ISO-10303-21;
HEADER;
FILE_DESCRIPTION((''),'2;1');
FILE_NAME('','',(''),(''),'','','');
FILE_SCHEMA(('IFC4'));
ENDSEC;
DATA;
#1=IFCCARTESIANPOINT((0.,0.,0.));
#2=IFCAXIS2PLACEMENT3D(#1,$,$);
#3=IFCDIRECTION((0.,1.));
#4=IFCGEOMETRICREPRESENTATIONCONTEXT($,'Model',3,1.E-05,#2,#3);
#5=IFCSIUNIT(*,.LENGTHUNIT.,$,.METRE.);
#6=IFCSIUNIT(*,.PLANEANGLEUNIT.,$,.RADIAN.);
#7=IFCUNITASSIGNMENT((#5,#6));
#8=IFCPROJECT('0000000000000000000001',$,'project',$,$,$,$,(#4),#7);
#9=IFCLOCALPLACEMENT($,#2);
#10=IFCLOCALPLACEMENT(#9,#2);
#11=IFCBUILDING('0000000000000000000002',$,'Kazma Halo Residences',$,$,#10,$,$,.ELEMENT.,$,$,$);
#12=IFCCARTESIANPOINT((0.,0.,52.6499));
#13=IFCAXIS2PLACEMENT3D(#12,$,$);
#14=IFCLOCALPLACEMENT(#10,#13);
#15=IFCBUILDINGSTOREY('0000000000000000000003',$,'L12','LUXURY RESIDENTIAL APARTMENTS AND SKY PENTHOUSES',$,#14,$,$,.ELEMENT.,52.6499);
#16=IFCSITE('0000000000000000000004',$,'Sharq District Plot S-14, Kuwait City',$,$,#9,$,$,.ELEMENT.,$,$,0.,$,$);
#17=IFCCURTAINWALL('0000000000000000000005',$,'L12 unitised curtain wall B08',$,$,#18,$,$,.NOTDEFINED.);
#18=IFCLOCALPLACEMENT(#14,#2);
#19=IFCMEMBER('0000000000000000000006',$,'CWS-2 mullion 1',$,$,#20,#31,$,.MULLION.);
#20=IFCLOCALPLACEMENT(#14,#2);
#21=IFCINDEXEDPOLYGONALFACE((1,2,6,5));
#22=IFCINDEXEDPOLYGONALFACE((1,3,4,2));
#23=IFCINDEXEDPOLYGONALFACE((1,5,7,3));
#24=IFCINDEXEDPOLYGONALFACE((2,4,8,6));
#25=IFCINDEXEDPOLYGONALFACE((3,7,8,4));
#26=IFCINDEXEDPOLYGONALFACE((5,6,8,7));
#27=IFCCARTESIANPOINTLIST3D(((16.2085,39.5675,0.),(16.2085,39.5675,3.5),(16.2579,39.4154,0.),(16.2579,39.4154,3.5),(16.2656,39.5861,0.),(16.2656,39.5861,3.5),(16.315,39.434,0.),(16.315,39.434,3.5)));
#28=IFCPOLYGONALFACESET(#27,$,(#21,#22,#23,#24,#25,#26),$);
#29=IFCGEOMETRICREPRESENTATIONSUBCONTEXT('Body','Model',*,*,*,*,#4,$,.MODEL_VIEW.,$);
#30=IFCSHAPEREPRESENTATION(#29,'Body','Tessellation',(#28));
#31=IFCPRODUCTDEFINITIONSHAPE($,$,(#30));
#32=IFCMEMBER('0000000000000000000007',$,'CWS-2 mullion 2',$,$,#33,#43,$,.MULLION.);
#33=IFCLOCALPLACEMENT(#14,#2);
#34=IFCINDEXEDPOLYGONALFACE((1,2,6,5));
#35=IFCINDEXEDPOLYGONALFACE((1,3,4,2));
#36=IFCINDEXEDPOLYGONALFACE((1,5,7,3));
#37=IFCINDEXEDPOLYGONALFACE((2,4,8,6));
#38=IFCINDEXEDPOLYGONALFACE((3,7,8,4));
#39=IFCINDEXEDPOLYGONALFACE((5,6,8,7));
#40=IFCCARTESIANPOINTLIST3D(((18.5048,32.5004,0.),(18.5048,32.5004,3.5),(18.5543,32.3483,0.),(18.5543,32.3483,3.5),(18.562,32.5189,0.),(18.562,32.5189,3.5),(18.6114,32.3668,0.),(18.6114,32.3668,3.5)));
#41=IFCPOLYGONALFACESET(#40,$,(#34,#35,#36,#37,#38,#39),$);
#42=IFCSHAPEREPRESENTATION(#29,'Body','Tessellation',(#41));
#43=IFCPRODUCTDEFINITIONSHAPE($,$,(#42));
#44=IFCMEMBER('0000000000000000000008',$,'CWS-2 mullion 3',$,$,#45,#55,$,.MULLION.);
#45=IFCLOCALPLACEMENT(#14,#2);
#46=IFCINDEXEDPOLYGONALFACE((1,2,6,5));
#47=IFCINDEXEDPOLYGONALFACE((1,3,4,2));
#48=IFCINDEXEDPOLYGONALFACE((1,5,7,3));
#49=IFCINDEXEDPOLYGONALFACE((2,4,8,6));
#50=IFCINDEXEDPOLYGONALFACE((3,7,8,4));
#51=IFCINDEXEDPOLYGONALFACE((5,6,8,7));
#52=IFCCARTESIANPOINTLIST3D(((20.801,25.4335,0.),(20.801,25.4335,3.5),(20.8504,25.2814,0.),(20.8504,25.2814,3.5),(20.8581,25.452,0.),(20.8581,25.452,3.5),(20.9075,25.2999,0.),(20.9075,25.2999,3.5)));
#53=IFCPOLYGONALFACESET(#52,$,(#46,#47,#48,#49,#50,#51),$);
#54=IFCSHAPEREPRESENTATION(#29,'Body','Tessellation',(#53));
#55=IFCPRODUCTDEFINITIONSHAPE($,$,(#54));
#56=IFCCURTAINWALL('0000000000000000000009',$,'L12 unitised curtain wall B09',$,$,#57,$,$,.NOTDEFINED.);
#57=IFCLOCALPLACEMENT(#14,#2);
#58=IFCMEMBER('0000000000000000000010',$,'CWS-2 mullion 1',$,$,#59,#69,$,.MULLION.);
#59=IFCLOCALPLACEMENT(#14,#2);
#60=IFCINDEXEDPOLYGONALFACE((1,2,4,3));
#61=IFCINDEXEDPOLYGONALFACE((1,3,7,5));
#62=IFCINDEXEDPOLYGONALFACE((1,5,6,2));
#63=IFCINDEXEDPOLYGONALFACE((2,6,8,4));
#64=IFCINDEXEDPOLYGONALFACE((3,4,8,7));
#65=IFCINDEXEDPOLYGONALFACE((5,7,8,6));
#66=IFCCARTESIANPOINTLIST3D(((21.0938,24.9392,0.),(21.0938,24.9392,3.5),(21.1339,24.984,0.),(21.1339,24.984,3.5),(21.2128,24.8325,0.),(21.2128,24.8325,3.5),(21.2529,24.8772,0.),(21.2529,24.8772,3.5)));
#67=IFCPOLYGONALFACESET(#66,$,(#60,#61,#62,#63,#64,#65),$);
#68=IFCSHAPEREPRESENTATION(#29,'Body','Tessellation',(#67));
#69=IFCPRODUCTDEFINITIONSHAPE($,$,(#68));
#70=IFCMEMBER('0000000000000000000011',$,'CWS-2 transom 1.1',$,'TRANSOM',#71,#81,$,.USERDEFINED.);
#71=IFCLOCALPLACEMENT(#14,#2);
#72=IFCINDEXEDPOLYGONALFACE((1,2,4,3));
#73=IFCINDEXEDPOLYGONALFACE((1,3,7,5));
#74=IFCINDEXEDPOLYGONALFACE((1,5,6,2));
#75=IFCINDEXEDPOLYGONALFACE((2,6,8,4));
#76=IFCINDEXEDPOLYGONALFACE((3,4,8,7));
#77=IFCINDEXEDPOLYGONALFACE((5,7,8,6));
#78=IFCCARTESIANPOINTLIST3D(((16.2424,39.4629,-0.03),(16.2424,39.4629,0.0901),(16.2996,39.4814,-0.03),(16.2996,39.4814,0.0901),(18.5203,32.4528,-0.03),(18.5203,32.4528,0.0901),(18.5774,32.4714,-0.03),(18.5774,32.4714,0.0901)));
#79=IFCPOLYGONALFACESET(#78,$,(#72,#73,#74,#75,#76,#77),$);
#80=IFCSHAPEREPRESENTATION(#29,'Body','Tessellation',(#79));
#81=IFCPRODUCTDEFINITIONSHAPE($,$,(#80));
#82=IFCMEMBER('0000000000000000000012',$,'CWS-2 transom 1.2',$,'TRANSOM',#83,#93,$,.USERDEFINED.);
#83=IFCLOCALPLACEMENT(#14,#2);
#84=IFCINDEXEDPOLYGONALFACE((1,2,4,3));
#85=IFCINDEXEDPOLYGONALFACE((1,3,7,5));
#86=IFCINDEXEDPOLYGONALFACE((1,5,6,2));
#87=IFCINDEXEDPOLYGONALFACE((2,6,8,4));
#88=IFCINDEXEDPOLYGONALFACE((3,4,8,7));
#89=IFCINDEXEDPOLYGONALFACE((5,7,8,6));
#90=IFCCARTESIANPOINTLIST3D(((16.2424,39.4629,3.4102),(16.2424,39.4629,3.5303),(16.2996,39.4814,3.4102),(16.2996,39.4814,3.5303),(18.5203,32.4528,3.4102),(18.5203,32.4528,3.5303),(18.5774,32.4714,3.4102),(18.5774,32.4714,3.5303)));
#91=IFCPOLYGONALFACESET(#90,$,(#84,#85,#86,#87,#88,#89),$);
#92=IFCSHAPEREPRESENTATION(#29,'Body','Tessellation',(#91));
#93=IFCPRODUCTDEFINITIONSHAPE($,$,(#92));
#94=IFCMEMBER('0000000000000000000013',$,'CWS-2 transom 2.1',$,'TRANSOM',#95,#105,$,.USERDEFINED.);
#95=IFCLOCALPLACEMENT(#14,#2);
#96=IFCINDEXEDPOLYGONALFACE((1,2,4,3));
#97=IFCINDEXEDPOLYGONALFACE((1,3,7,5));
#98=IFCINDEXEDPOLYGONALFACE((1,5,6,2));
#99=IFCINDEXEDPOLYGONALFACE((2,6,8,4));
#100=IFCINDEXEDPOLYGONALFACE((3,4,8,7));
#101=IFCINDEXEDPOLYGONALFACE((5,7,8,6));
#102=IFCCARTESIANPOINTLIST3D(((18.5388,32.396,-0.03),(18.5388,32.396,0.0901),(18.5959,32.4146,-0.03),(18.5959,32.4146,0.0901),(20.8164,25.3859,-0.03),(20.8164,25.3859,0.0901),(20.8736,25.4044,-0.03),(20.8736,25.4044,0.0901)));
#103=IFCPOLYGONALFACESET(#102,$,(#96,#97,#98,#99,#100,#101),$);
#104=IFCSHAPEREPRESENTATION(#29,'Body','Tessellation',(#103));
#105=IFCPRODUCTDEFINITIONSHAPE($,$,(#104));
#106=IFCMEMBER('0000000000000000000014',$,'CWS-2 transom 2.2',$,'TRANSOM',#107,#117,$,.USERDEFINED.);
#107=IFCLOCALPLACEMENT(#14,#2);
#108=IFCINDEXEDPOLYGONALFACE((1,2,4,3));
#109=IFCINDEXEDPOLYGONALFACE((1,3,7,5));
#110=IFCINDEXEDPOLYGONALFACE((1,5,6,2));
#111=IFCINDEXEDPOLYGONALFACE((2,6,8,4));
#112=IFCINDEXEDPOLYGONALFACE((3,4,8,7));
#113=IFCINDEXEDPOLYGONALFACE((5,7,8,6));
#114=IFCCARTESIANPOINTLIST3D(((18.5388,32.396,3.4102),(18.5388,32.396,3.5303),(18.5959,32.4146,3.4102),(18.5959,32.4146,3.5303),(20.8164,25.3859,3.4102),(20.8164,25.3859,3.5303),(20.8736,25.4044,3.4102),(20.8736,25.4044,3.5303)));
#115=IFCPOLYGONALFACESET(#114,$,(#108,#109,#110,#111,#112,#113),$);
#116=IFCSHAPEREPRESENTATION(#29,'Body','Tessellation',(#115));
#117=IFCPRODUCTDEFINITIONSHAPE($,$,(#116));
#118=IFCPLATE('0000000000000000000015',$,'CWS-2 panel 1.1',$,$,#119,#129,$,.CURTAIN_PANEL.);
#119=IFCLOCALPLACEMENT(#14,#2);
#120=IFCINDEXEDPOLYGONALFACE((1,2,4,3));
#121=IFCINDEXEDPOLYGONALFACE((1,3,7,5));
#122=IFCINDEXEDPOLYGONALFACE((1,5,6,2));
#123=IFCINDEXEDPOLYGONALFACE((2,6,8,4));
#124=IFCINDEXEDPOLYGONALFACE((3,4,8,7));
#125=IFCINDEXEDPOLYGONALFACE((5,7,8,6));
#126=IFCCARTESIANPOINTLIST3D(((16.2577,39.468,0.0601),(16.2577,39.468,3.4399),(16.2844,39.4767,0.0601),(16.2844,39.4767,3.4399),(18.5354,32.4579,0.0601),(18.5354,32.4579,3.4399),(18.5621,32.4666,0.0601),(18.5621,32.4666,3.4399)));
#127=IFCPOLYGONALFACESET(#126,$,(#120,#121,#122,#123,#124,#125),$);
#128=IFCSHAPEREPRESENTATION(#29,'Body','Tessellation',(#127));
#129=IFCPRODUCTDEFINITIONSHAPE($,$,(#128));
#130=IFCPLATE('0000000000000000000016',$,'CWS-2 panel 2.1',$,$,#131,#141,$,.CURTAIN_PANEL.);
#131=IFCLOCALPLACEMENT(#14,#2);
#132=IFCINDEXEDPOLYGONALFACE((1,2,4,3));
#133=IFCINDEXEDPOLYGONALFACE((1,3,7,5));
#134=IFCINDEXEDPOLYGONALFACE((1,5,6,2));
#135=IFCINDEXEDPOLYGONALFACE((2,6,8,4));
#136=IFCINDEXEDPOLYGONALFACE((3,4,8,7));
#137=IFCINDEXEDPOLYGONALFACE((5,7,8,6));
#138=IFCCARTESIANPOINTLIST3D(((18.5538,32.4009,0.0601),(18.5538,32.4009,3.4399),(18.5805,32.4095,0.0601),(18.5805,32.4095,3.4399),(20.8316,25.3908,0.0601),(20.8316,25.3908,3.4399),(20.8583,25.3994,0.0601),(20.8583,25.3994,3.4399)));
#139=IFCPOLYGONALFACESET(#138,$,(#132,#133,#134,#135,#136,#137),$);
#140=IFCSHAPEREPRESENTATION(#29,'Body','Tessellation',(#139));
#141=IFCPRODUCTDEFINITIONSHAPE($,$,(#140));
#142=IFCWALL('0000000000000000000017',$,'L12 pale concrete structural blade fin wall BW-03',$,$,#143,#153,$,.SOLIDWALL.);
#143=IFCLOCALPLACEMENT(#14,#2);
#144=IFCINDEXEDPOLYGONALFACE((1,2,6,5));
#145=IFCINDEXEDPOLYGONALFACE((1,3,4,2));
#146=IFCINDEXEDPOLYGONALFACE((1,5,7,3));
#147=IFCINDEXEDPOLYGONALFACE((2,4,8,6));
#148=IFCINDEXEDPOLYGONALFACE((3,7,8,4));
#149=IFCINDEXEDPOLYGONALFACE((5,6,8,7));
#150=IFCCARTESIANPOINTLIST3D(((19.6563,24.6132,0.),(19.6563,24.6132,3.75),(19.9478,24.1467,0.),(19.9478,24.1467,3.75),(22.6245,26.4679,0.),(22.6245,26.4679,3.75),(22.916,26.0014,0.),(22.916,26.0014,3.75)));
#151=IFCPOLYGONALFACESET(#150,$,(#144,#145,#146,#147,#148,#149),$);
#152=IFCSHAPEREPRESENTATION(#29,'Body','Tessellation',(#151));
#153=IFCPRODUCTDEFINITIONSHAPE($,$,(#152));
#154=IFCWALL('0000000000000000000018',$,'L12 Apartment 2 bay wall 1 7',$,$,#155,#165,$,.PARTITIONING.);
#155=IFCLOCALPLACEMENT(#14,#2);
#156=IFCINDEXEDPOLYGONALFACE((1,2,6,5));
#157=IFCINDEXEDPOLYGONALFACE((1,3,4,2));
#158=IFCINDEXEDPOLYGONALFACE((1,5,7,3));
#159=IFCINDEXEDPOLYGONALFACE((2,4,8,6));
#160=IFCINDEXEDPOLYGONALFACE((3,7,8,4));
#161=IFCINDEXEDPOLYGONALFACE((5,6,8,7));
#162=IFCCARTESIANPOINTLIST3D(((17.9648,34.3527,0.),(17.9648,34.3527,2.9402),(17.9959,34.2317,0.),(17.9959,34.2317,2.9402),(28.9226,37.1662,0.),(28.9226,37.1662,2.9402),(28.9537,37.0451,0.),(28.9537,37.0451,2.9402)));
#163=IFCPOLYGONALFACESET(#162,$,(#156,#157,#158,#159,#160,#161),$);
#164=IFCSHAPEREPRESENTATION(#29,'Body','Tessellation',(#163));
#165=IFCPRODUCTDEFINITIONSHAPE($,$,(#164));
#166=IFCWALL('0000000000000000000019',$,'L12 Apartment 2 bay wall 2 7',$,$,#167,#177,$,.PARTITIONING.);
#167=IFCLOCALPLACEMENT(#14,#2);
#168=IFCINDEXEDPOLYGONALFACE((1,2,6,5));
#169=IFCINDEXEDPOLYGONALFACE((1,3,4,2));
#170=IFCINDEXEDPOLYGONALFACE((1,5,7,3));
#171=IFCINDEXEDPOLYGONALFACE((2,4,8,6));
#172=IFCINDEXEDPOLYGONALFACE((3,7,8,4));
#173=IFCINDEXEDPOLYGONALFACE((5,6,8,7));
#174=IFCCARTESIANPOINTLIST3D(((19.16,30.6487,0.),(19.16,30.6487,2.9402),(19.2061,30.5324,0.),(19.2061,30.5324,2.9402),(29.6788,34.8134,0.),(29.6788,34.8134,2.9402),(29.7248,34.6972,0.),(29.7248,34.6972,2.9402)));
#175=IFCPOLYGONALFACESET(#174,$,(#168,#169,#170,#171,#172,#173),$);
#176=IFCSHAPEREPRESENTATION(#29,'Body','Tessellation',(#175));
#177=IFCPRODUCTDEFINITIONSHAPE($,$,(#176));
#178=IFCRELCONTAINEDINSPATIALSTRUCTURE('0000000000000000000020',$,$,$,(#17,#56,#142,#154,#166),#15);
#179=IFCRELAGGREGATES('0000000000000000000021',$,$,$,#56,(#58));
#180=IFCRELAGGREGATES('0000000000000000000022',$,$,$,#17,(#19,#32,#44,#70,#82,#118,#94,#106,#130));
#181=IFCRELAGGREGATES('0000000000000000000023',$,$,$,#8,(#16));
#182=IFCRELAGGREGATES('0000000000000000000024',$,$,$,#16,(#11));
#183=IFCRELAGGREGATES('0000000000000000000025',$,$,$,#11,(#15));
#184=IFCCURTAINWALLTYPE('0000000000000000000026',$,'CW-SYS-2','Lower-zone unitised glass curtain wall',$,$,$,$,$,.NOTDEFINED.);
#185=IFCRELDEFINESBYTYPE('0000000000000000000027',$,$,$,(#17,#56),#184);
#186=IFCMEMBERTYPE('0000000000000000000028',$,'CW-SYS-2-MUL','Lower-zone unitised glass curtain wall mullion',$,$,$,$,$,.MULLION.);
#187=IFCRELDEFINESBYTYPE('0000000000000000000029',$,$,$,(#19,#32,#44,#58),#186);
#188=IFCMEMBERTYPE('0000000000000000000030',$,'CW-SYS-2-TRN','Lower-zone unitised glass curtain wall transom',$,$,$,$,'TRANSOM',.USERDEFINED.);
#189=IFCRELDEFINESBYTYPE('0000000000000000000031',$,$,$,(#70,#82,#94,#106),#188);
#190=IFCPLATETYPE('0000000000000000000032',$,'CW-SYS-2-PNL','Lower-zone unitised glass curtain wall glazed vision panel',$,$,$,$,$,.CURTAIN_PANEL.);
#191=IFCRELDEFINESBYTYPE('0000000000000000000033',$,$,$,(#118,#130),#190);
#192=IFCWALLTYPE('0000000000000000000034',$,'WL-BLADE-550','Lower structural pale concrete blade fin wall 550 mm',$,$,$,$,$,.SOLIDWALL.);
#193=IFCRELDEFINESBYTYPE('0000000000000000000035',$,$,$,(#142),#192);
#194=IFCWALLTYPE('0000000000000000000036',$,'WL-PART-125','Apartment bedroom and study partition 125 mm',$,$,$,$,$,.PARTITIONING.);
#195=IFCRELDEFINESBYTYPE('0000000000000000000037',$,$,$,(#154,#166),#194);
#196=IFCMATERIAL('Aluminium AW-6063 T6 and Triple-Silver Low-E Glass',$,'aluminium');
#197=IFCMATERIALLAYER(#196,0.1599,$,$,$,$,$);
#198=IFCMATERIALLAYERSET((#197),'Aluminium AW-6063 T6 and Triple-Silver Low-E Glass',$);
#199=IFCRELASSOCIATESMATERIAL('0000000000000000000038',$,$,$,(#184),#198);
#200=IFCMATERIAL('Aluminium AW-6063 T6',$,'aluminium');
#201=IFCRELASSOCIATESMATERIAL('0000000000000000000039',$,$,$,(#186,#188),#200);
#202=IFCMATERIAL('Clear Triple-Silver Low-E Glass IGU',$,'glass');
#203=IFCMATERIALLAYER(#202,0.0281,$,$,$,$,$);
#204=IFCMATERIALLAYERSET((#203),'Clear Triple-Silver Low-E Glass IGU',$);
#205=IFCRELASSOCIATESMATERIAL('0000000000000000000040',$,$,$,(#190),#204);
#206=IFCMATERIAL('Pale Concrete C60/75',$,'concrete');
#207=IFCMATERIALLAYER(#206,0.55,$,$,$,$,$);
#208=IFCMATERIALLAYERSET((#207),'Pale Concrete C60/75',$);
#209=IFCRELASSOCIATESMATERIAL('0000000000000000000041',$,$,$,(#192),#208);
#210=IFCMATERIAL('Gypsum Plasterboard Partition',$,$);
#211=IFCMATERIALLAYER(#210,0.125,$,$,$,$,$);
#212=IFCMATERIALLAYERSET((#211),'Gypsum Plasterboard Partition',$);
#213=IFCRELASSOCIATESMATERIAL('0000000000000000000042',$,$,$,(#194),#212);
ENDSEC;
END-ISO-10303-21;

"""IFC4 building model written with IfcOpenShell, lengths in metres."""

from ifc_helpers import new_model, si_unit, direction, frame, frame_2d, origin, origin_2d, place, context, subcontext, project, spatial, rectangle, extrude, material, layer, layer_set, material_profile, profile_set, type_object, element, aggregate, save


model = new_model("IFC4")

# Units and contexts
model_context = context("Model", 3, precision=1e-05, world=origin(), true_north=direction((0.0, 1.0)))
body_context = subcontext(model_context, "Body", "Model", "MODEL_VIEW")
ifc_project = project(units=[si_unit("LENGTHUNIT", "METRE"), si_unit("PLANEANGLEUNIT", "RADIAN")], contexts=[model_context])

# Site, building, storey
site_placement = place(None, origin())
site = spatial("IfcSite", under=ifc_project, at=site_placement, Name="Sharq District Plot S-14, Kuwait City", CompositionType="ELEMENT", RefElevation=0.0)
building_placement = place(site_placement, origin())
building = spatial("IfcBuilding", under=site, at=building_placement, Name="Kazma Halo Residences", CompositionType="ELEMENT")
storey_placement = place(building_placement, frame((0.0, 0.0, 52.6499)))
storey = spatial("IfcBuildingStorey", under=building, at=storey_placement, Name="L12", Description="LUXURY RESIDENTIAL APARTMENTS AND SKY PENTHOUSES", CompositionType="ELEMENT", Elevation=52.6499)

# Curtain wall, members
ifc_material_1 = material(Name="Aluminium AW-6063 T6 and Triple-Silver Low-E Glass", Category="aluminium")
ifc_layer_1 = layer(ifc_material_1, 0.1599)
ifc_layer_set_1 = layer_set([ifc_layer_1], Name="Aluminium AW-6063 T6 and Triple-Silver Low-E Glass")
curtain_wall_type = type_object("IfcCurtainWallType", Name="CW-SYS-2", Description="Lower-zone unitised glass curtain wall", PredefinedType="NOTDEFINED", material=ifc_layer_set_1)
curtain_wall_1_placement = place(storey_placement, origin())
curtain_wall_1 = element("IfcCurtainWall", 1, at=curtain_wall_1_placement, inside=storey, type_object=curtain_wall_type, Name="L12 unitised curtain wall B08", PredefinedType="NOTDEFINED")
ifc_material_2 = material(Name="Aluminium AW-6063 T6", Category="aluminium")
ifc_material_profile_1 = material_profile(ifc_material_2, rectangle(XDim=0.0601, YDim=0.1599, at=origin_2d()), Name="CWM-60x160")
ifc_profile_set_1 = profile_set([ifc_material_profile_1], Name="Aluminium AW-6063 T6")
member_type_1 = type_object("IfcMemberType", Name="CW-SYS-2-MUL", Description="Lower-zone unitised glass curtain wall mullion", PredefinedType="MULLION", material=ifc_profile_set_1)
member_1_placement = place(storey_placement, frame((16.2617, 39.5007, 0.0), z_axis=(0.0, 0.0, 1.0), x_axis=(0.951057, 0.309017, 0.0)))
member_1 = element("IfcMember", 2, at=member_1_placement, type_object=member_type_1, Name="CWS-2 mullion 1", PredefinedType="MULLION", context=body_context, shape_type="SweptSolid", body=[
    extrude(rectangle(XDim=0.0601, YDim=0.1599, at=origin_2d()), origin(), (0.0, 0.0, 1.0), 3.5),
])
member_2_placement = place(storey_placement, frame((18.5581, 32.4336, 0.0), z_axis=(0.0, 0.0, 1.0), x_axis=(0.951057, 0.309017, 0.0)))
member_2 = element("IfcMember", 3, at=member_2_placement, type_object=member_type_1, Name="CWS-2 mullion 2", PredefinedType="MULLION", context=body_context, shape_type="SweptSolid", body=[
    extrude(rectangle(XDim=0.0601, YDim=0.1599, at=origin_2d()), origin(), (0.0, 0.0, 1.0), 3.5),
])
member_3_placement = place(storey_placement, frame((20.8542, 25.3667, 0.0), z_axis=(0.0, 0.0, 1.0), x_axis=(0.951057, 0.309017, 0.0)))
member_3 = element("IfcMember", 4, at=member_3_placement, type_object=member_type_1, Name="CWS-2 mullion 3", PredefinedType="MULLION", context=body_context, shape_type="SweptSolid", body=[
    extrude(rectangle(XDim=0.0601, YDim=0.1599, at=origin_2d()), origin(), (0.0, 0.0, 1.0), 3.5),
])

# Curtain wall, member
curtain_wall_2_placement = place(storey_placement, origin())
curtain_wall_2 = element("IfcCurtainWall", 5, at=curtain_wall_2_placement, inside=storey, type_object=curtain_wall_type, Name="L12 unitised curtain wall B09", PredefinedType="NOTDEFINED")
member_4_placement = place(storey_placement, frame((21.1733, 24.9082, 0.0), z_axis=(0.0, 0.0, 1.0), x_axis=(0.667821, 0.744322, 0.0)))
member_4 = element("IfcMember", 6, at=member_4_placement, type_object=member_type_1, Name="CWS-2 mullion 1", PredefinedType="MULLION", context=body_context, shape_type="SweptSolid", body=[
    extrude(rectangle(XDim=0.0601, YDim=0.1599, at=origin_2d()), origin(), (0.0, 0.0, 1.0), 3.5),
])
aggregate(curtain_wall_2, [member_4])

# Members
ifc_material_profile_2 = material_profile(ifc_material_2, rectangle(XDim=0.0601, YDim=0.1201, at=origin_2d()), Name="CWT-60x120")
ifc_profile_set_2 = profile_set([ifc_material_profile_2], Name="Aluminium AW-6063 T6")
member_type_2 = type_object("IfcMemberType", Name="CW-SYS-2-TRN", Description="Lower-zone unitised glass curtain wall transom", ElementType="TRANSOM", PredefinedType="USERDEFINED", material=ifc_profile_set_2)
member_5_placement = place(storey_placement, frame((16.271, 39.4722, 0.03), z_axis=(0.309034, -0.951051, 0.0), x_axis=(0.951051, 0.309034, 0.0)))
member_5 = element("IfcMember", 7, at=member_5_placement, type_object=member_type_2, Name="CWS-2 transom 1.1", ObjectType="TRANSOM", PredefinedType="USERDEFINED", context=body_context, shape_type="SweptSolid", body=[
    extrude(rectangle(XDim=0.0601, YDim=0.1201, at=origin_2d()), origin(), (0.0, 0.0, 1.0), 7.3708),
])
member_6_placement = place(storey_placement, frame((16.271, 39.4722, 3.4702), z_axis=(0.309034, -0.951051, 0.0), x_axis=(0.951051, 0.309034, 0.0)))
member_6 = element("IfcMember", 8, at=member_6_placement, type_object=member_type_2, Name="CWS-2 transom 1.2", ObjectType="TRANSOM", PredefinedType="USERDEFINED", context=body_context, shape_type="SweptSolid", body=[
    extrude(rectangle(XDim=0.0601, YDim=0.1201, at=origin_2d()), origin(), (0.0, 0.0, 1.0), 7.3708),
])
member_7_placement = place(storey_placement, frame((18.5674, 32.4053, 0.03), z_axis=(0.309004, -0.951061, 0.0), x_axis=(0.951061, 0.309004, 0.0)))
member_7 = element("IfcMember", 9, at=member_7_placement, type_object=member_type_2, Name="CWS-2 transom 2.1", ObjectType="TRANSOM", PredefinedType="USERDEFINED", context=body_context, shape_type="SweptSolid", body=[
    extrude(rectangle(XDim=0.0601, YDim=0.1201, at=origin_2d()), origin(), (0.0, 0.0, 1.0), 7.3708),
])
member_8_placement = place(storey_placement, frame((18.5674, 32.4053, 3.4702), z_axis=(0.309004, -0.951061, 0.0), x_axis=(0.951061, 0.309004, 0.0)))
member_8 = element("IfcMember", 10, at=member_8_placement, type_object=member_type_2, Name="CWS-2 transom 2.2", ObjectType="TRANSOM", PredefinedType="USERDEFINED", context=body_context, shape_type="SweptSolid", body=[
    extrude(rectangle(XDim=0.0601, YDim=0.1201, at=origin_2d()), origin(), (0.0, 0.0, 1.0), 7.3708),
])

# Plates
ifc_material_3 = material(Name="Clear Triple-Silver Low-E Glass IGU", Category="glass")
ifc_layer_2 = layer(ifc_material_3, 0.0281)
ifc_layer_set_2 = layer_set([ifc_layer_2], Name="Clear Triple-Silver Low-E Glass IGU")
plate_type = type_object("IfcPlateType", Name="CW-SYS-2-PNL", Description="Lower-zone unitised glass curtain wall glazed vision panel", PredefinedType="CURTAIN_PANEL", material=ifc_layer_set_2)
plate_1_placement = place(storey_placement, frame((17.4099, 35.9673, 0.0601), z_axis=(0.0, 0.0, 1.0), x_axis=(0.309017, -0.951057, 0.0)))
plate_1 = element("IfcPlate", 11, at=plate_1_placement, type_object=plate_type, Name="CWS-2 panel 1.1", PredefinedType="CURTAIN_PANEL", context=body_context, shape_type="SweptSolid", body=[
    extrude(rectangle(XDim=7.3708, YDim=0.0281, at=origin_2d()), origin(), (0.0, 0.0, 1.0), 3.3799),
])
plate_2_placement = place(storey_placement, frame((19.7061, 28.9001, 0.0601), z_axis=(0.0, 0.0, 1.0), x_axis=(0.309017, -0.951057, 0.0)))
plate_2 = element("IfcPlate", 12, at=plate_2_placement, type_object=plate_type, Name="CWS-2 panel 2.1", PredefinedType="CURTAIN_PANEL", context=body_context, shape_type="SweptSolid", body=[
    extrude(rectangle(XDim=7.3708, YDim=0.0281, at=origin_2d()), origin(), (0.0, 0.0, 1.0), 3.3799),
])
aggregate(curtain_wall_1, [member_1, member_2, member_3, member_5, member_6, plate_1, member_7, member_8, plate_2])

# Walls
ifc_material_4 = material(Name="Pale Concrete C60/75", Category="concrete")
ifc_layer_3 = layer(ifc_material_4, 0.55)
ifc_layer_set_3 = layer_set([ifc_layer_3], Name="Pale Concrete C60/75")
wall_type_1 = type_object("IfcWallType", Name="WL-BLADE-550", Description="Lower structural pale concrete blade fin wall 550 mm", PredefinedType="SOLIDWALL", material=ifc_layer_set_3)
wall_1_placement = place(storey_placement, frame((22.7703, 26.2346, 0.0), z_axis=(0.0, 0.0, 1.0), x_axis=(-0.848053, -0.529911, 0.0)))
element("IfcWall", 13, at=wall_1_placement, inside=storey, type_object=wall_type_1, Name="L12 pale concrete structural blade fin wall BW-03", PredefinedType="SOLIDWALL", context=body_context, shape_type="SweptSolid", body=[
    extrude(rectangle(XDim=3.5, YDim=0.55, at=frame_2d((1.75, 0.0))), origin(), (0.0, 0.0, 1.0), 3.75),
])
ifc_material_5 = material(Name="Gypsum Plasterboard Partition")
ifc_layer_4 = layer(ifc_material_5, 0.125)
ifc_layer_set_4 = layer_set([ifc_layer_4], Name="Gypsum Plasterboard Partition")
wall_type_2 = type_object("IfcWallType", Name="WL-PART-125", Description="Apartment bedroom and study partition 125 mm", PredefinedType="PARTITIONING", material=ifc_layer_set_4)
for number, where, z_axis, x_axis, name in (
    (14, (28.9382, 37.1057, 0.0), (0.0, 0.0, 1.0), (-0.968583, -0.24869, 0.0), "L12 Apartment 2 bay wall 1 7"),
    (15, (29.7019, 34.7554, 0.0), (0.0, 0.0, 1.0), (-0.929773, -0.368133, 0.0), "L12 Apartment 2 bay wall 2 7"),
):
    element("IfcWall", number, at=place(storey_placement, frame(where, z_axis=z_axis, x_axis=x_axis)), inside=storey, type_object=wall_type_2, Name=name, PredefinedType="PARTITIONING", context=body_context, shape_type="SweptSolid", body=[
        extrude(rectangle(XDim=11.3132, YDim=0.125, at=frame_2d((5.6567, 0.0))), origin(), (0.0, 0.0, 1.0), 2.9402),
    ])

save(model, "model.ifc")
